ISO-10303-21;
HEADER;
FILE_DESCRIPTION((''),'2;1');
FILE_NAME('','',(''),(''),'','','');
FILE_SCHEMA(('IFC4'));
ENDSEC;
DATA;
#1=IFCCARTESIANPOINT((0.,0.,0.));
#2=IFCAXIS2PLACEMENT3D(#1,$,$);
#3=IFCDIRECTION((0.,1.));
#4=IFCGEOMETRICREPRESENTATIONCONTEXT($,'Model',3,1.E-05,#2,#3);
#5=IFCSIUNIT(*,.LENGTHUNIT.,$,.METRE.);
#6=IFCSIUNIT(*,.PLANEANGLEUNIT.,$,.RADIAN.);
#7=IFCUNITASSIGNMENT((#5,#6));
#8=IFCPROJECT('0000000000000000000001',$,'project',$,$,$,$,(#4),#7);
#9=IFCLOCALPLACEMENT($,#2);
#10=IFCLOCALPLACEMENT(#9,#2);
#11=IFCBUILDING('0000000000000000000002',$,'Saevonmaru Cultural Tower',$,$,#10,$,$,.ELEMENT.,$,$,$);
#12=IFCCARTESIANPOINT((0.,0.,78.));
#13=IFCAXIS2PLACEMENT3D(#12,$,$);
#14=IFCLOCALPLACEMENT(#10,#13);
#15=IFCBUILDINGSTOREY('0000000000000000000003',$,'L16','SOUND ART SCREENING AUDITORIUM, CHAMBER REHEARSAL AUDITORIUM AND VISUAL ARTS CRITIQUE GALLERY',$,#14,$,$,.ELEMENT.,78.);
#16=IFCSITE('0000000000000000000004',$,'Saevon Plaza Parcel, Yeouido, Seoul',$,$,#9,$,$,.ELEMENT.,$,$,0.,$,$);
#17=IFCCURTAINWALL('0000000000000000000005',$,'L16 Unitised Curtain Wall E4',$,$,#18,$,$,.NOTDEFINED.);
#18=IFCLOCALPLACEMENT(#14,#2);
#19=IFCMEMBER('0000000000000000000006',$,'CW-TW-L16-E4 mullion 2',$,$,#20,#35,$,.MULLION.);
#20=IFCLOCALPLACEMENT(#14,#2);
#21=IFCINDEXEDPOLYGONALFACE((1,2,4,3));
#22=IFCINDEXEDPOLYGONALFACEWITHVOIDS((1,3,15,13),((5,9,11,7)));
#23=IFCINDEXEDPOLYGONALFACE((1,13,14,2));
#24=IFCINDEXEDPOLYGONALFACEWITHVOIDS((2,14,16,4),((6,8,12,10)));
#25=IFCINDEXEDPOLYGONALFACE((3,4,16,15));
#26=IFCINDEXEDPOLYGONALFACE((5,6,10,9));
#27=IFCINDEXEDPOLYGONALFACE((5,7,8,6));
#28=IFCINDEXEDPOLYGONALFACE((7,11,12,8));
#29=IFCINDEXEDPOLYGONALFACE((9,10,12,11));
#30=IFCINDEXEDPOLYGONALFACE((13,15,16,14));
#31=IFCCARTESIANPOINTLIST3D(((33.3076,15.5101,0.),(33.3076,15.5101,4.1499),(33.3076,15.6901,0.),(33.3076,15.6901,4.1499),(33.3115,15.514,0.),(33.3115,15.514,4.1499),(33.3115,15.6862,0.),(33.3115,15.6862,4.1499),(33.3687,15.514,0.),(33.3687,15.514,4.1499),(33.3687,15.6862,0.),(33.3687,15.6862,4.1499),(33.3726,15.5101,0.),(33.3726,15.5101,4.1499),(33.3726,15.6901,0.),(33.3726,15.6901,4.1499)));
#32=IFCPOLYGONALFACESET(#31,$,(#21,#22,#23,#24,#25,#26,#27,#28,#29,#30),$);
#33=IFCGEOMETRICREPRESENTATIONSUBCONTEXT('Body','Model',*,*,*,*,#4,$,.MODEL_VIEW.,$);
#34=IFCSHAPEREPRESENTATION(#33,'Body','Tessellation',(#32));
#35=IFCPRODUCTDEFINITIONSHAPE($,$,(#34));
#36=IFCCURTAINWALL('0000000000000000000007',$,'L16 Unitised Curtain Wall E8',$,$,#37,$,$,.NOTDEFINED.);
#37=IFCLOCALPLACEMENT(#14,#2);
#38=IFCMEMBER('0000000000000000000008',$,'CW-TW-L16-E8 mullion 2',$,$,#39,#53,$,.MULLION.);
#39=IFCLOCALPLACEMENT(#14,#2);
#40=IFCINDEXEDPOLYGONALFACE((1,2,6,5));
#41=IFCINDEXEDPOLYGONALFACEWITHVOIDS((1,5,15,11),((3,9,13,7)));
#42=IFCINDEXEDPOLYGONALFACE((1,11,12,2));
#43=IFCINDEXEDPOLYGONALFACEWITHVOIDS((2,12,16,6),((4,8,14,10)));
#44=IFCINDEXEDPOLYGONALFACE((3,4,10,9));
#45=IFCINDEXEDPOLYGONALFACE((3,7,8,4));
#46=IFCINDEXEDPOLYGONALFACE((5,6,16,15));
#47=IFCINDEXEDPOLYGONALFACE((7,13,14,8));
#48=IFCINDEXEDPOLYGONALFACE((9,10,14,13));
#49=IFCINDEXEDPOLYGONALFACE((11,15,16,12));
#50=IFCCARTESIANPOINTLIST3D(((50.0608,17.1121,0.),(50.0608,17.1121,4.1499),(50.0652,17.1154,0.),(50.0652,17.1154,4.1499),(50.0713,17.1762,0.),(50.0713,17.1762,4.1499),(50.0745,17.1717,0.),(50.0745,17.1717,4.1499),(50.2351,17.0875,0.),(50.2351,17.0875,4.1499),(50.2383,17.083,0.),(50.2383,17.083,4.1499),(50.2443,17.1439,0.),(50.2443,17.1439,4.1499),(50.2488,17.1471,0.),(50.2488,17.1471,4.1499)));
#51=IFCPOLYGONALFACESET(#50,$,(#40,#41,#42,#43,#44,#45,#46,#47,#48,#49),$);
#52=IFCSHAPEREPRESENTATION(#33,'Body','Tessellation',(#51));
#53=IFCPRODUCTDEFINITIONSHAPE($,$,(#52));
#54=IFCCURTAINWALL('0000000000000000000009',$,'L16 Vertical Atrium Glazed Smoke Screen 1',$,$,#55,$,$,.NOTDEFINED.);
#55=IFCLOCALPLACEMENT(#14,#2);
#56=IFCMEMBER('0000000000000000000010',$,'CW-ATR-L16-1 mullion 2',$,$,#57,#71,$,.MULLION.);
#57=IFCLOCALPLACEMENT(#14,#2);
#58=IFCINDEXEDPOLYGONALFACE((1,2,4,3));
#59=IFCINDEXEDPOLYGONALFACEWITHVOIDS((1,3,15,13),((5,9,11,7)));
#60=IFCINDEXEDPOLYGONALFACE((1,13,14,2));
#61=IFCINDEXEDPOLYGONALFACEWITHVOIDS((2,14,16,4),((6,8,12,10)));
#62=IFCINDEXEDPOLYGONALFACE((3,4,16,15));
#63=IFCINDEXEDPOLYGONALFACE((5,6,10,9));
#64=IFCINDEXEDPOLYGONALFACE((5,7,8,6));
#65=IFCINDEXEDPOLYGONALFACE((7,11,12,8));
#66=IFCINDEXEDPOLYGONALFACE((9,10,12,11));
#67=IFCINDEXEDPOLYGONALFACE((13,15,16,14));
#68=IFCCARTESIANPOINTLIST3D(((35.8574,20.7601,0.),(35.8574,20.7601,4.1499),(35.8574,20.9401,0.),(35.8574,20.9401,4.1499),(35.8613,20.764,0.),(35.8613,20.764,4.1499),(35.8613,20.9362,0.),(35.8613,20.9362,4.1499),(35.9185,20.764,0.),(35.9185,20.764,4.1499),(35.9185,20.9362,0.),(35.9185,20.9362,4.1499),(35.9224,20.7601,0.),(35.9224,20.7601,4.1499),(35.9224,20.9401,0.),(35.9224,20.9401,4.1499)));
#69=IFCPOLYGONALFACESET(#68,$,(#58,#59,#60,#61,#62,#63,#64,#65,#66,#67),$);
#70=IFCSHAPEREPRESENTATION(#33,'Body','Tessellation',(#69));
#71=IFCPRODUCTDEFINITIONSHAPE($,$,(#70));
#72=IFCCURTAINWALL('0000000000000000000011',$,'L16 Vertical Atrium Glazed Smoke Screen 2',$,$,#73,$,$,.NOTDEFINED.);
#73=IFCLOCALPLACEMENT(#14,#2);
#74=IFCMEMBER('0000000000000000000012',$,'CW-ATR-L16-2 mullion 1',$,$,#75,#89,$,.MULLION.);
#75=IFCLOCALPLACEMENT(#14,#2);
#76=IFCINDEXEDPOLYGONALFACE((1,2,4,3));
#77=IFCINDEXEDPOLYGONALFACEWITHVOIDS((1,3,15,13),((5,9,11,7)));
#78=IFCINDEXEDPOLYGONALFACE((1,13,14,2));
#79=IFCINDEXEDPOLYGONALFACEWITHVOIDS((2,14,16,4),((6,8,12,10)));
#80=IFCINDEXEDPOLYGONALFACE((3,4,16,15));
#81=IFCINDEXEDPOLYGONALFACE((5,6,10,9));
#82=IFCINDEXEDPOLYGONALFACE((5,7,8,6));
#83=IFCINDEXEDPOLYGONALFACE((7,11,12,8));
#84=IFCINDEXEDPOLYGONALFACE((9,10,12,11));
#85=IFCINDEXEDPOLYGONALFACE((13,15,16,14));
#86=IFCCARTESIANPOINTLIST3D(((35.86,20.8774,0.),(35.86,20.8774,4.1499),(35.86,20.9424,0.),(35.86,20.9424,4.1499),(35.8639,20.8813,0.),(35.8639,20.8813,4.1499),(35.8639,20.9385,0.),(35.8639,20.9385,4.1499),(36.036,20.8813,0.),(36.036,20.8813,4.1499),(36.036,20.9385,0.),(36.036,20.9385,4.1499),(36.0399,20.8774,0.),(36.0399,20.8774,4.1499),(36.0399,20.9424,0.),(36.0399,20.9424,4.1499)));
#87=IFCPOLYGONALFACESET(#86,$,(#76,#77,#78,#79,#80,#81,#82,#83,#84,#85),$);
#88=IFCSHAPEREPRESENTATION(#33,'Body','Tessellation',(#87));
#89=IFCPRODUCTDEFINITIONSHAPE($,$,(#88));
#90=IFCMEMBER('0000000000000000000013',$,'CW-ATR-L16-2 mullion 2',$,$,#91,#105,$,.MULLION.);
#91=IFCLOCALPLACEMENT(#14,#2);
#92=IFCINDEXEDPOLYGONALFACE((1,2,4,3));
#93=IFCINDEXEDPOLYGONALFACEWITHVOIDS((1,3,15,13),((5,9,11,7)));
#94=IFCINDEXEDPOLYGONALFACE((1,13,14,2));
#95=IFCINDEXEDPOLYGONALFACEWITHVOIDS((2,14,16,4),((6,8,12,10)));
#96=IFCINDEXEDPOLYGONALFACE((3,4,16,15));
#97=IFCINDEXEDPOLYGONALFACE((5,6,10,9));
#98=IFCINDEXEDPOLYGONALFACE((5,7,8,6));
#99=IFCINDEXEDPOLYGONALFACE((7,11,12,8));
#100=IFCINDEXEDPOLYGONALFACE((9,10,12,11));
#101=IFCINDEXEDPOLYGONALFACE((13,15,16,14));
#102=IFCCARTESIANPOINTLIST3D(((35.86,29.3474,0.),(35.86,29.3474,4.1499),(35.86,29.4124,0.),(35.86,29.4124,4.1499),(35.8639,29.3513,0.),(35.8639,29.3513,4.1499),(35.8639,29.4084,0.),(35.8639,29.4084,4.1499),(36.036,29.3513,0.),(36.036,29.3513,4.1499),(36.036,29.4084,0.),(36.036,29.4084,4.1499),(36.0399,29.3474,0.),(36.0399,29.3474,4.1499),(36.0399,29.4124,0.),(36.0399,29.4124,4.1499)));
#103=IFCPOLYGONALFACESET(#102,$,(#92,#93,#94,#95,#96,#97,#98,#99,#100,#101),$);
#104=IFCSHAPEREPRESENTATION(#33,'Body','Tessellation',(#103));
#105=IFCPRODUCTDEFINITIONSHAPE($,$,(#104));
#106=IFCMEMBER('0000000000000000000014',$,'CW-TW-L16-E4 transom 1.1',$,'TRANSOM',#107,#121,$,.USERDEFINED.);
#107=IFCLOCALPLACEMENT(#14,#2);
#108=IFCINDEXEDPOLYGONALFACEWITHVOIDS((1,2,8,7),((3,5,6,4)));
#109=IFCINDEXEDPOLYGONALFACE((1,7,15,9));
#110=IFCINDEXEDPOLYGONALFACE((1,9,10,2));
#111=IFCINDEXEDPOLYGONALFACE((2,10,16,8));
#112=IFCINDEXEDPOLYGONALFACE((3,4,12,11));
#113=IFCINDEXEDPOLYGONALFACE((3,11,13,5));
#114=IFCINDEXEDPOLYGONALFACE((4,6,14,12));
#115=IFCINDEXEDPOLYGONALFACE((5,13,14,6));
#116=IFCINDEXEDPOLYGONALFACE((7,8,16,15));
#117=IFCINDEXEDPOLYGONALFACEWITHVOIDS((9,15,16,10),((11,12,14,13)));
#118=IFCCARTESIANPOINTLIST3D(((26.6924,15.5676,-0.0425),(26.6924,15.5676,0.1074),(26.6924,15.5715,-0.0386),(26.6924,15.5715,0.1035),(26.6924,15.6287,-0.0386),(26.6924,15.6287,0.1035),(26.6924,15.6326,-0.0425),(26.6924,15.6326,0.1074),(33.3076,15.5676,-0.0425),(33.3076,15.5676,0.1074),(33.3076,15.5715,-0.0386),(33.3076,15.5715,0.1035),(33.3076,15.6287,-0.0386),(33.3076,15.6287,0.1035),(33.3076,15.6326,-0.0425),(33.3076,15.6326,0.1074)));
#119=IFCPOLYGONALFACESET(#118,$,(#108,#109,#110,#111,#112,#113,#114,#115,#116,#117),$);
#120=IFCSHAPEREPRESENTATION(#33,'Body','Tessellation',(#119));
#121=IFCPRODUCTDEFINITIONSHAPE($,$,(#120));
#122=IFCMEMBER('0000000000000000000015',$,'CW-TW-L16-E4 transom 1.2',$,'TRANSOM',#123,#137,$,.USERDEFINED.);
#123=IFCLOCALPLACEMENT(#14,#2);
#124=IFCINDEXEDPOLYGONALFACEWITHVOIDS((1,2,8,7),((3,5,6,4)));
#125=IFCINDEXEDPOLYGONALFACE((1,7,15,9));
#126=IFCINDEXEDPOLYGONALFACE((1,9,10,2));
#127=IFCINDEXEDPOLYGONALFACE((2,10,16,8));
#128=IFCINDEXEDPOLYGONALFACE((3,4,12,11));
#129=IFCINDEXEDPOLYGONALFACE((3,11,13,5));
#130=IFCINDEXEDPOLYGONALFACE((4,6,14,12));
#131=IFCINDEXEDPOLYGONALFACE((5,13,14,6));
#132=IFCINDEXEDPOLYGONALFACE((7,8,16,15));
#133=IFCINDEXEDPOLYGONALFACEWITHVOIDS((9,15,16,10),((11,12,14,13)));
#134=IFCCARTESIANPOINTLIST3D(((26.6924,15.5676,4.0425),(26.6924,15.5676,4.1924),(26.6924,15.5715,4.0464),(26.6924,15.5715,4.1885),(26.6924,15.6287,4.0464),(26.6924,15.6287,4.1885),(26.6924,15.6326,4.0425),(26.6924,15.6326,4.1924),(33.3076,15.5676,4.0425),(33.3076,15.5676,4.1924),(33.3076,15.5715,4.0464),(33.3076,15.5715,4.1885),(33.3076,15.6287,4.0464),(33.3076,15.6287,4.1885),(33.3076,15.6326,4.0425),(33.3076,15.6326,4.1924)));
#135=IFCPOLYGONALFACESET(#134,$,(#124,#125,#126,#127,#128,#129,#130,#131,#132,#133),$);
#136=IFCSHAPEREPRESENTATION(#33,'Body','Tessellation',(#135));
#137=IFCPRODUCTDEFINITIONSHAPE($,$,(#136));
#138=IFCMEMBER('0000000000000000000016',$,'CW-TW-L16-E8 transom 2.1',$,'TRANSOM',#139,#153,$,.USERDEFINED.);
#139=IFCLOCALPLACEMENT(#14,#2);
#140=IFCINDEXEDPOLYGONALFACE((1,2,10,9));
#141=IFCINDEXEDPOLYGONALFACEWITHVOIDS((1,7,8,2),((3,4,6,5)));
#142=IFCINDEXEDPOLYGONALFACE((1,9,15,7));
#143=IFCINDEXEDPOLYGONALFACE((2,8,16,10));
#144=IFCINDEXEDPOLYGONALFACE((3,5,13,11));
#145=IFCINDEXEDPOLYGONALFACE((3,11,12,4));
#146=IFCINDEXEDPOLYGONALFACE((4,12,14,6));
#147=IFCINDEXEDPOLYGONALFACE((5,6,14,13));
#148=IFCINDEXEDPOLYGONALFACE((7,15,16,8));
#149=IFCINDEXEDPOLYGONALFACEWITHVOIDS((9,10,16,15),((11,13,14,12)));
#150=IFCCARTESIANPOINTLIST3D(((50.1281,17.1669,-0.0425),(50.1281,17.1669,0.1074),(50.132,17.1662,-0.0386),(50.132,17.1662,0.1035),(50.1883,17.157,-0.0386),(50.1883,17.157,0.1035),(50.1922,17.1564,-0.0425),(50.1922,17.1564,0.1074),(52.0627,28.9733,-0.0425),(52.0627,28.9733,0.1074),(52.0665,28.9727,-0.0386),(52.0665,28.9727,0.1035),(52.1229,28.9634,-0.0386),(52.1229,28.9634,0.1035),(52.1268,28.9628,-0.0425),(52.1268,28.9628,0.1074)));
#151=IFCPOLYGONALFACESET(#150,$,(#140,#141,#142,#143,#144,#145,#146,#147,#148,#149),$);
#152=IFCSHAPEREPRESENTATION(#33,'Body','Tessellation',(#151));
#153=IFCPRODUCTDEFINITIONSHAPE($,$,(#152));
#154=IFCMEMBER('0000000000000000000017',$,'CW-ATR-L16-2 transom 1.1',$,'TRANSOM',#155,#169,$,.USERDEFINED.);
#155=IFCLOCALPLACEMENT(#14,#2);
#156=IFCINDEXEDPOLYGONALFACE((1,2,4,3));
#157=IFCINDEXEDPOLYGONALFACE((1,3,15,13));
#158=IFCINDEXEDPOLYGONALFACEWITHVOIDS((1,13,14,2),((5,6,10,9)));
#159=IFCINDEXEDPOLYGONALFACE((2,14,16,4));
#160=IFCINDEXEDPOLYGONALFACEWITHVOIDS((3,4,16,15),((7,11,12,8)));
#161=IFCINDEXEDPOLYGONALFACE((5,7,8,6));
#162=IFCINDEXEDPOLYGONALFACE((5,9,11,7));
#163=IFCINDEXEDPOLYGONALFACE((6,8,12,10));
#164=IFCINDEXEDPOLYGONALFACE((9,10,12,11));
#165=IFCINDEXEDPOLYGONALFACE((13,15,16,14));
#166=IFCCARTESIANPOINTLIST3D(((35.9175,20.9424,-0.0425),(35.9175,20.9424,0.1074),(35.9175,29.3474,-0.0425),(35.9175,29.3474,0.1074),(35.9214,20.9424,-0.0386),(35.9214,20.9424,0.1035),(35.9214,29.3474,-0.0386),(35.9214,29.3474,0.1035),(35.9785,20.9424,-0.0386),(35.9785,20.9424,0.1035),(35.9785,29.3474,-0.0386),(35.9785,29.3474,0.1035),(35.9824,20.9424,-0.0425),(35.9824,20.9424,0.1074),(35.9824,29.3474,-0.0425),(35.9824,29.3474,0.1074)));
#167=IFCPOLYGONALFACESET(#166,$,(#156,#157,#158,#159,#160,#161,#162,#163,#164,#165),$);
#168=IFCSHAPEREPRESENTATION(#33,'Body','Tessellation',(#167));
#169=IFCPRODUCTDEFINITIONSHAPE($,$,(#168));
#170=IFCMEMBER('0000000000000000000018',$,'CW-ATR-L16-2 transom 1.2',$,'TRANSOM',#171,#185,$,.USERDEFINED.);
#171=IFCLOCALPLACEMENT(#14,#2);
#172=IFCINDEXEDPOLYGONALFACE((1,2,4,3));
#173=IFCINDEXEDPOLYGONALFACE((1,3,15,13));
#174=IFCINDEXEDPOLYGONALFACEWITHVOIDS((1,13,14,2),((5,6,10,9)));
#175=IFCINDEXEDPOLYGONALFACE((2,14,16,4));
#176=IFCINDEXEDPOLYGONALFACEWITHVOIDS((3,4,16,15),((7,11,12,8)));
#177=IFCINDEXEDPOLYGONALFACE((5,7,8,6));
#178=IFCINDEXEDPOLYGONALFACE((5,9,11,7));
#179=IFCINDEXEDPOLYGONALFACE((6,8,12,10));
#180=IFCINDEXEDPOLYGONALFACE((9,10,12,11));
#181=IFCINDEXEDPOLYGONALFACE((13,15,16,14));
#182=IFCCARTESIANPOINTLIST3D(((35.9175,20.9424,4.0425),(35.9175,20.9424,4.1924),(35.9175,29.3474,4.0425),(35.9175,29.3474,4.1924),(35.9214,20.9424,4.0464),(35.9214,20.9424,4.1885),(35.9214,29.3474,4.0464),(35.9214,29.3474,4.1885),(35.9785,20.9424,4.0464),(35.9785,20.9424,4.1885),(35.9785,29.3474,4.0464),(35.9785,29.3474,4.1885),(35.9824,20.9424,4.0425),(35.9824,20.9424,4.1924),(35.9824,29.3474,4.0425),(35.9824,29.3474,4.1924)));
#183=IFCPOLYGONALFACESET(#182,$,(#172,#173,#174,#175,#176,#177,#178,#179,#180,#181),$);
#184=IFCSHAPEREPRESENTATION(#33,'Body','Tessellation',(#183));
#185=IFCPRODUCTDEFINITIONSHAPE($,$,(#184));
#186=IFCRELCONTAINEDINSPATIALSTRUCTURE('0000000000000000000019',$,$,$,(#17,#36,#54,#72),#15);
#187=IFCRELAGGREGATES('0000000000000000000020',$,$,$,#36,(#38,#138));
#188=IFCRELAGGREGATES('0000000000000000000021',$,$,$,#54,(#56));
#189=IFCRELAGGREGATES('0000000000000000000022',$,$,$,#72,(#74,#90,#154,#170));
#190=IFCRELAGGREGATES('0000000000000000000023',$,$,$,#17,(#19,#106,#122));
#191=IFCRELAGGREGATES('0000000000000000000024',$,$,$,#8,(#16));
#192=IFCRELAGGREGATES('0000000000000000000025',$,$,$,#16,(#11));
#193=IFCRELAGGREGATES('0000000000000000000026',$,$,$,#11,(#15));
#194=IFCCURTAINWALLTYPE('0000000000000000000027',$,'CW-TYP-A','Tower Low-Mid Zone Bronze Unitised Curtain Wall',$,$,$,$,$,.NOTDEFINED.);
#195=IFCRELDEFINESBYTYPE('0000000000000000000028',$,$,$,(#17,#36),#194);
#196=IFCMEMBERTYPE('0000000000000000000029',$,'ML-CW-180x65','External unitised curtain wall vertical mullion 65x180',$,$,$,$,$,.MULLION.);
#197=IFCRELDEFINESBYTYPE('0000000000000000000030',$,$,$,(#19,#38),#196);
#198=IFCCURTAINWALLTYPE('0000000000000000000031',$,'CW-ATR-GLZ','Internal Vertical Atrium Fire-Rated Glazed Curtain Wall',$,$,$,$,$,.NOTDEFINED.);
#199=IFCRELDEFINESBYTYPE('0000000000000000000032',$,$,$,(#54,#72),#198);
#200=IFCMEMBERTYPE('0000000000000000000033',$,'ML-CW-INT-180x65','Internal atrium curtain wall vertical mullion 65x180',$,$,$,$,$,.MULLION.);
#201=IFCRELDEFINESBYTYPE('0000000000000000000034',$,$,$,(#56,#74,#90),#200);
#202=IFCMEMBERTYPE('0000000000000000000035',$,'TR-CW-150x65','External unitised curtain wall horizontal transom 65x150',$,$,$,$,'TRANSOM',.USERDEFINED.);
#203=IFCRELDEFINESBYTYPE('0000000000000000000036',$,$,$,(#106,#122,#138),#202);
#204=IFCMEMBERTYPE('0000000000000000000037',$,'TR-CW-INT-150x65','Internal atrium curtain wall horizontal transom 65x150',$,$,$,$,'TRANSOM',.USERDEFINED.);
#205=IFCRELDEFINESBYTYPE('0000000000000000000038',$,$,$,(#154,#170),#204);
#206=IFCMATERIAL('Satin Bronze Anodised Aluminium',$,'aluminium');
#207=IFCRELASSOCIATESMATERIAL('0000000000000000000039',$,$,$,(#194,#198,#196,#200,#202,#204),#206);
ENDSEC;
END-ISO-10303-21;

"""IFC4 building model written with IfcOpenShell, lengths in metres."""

from ifc_helpers import new_model, si_unit, direction, frame, origin, origin_2d, place, context, subcontext, project, spatial, hollow_rectangle, extrude, material, material_profile, profile_set, type_object, element, aggregate, save


model = new_model("IFC4")

# Units and contexts
model_context = context("Model", 3, precision=1e-05, world=origin(), true_north=direction((0.0, 1.0)))
body_context = subcontext(model_context, "Body", "Model", "MODEL_VIEW")
ifc_project = project(units=[si_unit("LENGTHUNIT", "METRE"), si_unit("PLANEANGLEUNIT", "RADIAN")], contexts=[model_context])

# Site, building, storey
site_placement = place(None, origin())
site = spatial("IfcSite", under=ifc_project, at=site_placement, Name="Saevon Plaza Parcel, Yeouido, Seoul", CompositionType="ELEMENT", RefElevation=0.0)
building_placement = place(site_placement, origin())
building = spatial("IfcBuilding", under=site, at=building_placement, Name="Saevonmaru Cultural Tower", CompositionType="ELEMENT")
storey_placement = place(building_placement, frame((0.0, 0.0, 78.0)))
storey = spatial("IfcBuildingStorey", under=building, at=storey_placement, Name="L16", Description="SOUND ART SCREENING AUDITORIUM, CHAMBER REHEARSAL AUDITORIUM AND VISUAL ARTS CRITIQUE GALLERY", CompositionType="ELEMENT", Elevation=78.0)

# Curtain walls, members
ifc_material_1 = material(Name="Satin Bronze Anodised Aluminium", Category="aluminium")
curtain_wall_type_1 = type_object("IfcCurtainWallType", Name="CW-TYP-A", Description="Tower Low-Mid Zone Bronze Unitised Curtain Wall", PredefinedType="NOTDEFINED", material=ifc_material_1)
curtain_wall_1_placement = place(storey_placement, origin())
curtain_wall_1 = element("IfcCurtainWall", 1, at=curtain_wall_1_placement, inside=storey, type_object=curtain_wall_type_1, Name="L16 Unitised Curtain Wall E4", PredefinedType="NOTDEFINED")
ifc_material_profile_1 = material_profile(ifc_material_1, hollow_rectangle(XDim=0.0649, YDim=0.1799, WallThickness=0.0039, at=origin_2d()), Name="ALU-MULL-180x65x4")
ifc_profile_set_1 = profile_set([ifc_material_profile_1], Name="Satin Bronze Anodised Aluminium")
member_type_1 = type_object("IfcMemberType", Name="ML-CW-180x65", Description="External unitised curtain wall vertical mullion 65x180", PredefinedType="MULLION", material=ifc_profile_set_1)
member_1_placement = place(storey_placement, frame((33.3401, 15.6001, 0.0), z_axis=(0.0, 0.0, 1.0), x_axis=(1.0, 0.0, 0.0)))
member_1 = element("IfcMember", 2, at=member_1_placement, type_object=member_type_1, Name="CW-TW-L16-E4 mullion 2", PredefinedType="MULLION", context=body_context, shape_type="SweptSolid", body=[
    extrude(hollow_rectangle(XDim=0.0649, YDim=0.1799, WallThickness=0.0039, at=origin_2d()), origin(), (0.0, 0.0, 1.0), 4.1499),
])
curtain_wall_2_placement = place(storey_placement, origin())
curtain_wall_2 = element("IfcCurtainWall", 3, at=curtain_wall_2_placement, inside=storey, type_object=curtain_wall_type_1, Name="L16 Unitised Curtain Wall E8", PredefinedType="NOTDEFINED")
member_2_placement = place(storey_placement, frame((50.1548, 17.1296, 0.0), z_axis=(0.0, 0.0, 1.0), x_axis=(0.161709, 0.986839, 0.0)))
member_2 = element("IfcMember", 4, at=member_2_placement, type_object=member_type_1, Name="CW-TW-L16-E8 mullion 2", PredefinedType="MULLION", context=body_context, shape_type="SweptSolid", body=[
    extrude(hollow_rectangle(XDim=0.0649, YDim=0.1799, WallThickness=0.0039, at=origin_2d()), origin(), (0.0, 0.0, 1.0), 4.1499),
])
curtain_wall_type_2 = type_object("IfcCurtainWallType", Name="CW-ATR-GLZ", Description="Internal Vertical Atrium Fire-Rated Glazed Curtain Wall", PredefinedType="NOTDEFINED", material=ifc_material_1)
curtain_wall_3_placement = place(storey_placement, origin())
curtain_wall_3 = element("IfcCurtainWall", 5, at=curtain_wall_3_placement, inside=storey, type_object=curtain_wall_type_2, Name="L16 Vertical Atrium Glazed Smoke Screen 1", PredefinedType="NOTDEFINED")
ifc_material_profile_2 = material_profile(ifc_material_1, hollow_rectangle(XDim=0.0649, YDim=0.1799, WallThickness=0.0039, at=origin_2d()), Name="ALU-MULL-180x65x4")
ifc_profile_set_2 = profile_set([ifc_material_profile_2], Name="Satin Bronze Anodised Aluminium")
member_type_2 = type_object("IfcMemberType", Name="ML-CW-INT-180x65", Description="Internal atrium curtain wall vertical mullion 65x180", PredefinedType="MULLION", material=ifc_profile_set_2)
member_3_placement = place(storey_placement, frame((35.8899, 20.8501, 0.0), z_axis=(0.0, 0.0, 1.0), x_axis=(1.0, 0.0, 0.0)))
member_3 = element("IfcMember", 6, at=member_3_placement, type_object=member_type_2, Name="CW-ATR-L16-1 mullion 2", PredefinedType="MULLION", context=body_context, shape_type="SweptSolid", body=[
    extrude(hollow_rectangle(XDim=0.0649, YDim=0.1799, WallThickness=0.0039, at=origin_2d()), origin(), (0.0, 0.0, 1.0), 4.1499),
])

# Curtain wall, members
curtain_wall_4_placement = place(storey_placement, origin())
curtain_wall_4 = element("IfcCurtainWall", 7, at=curtain_wall_4_placement, inside=storey, type_object=curtain_wall_type_2, Name="L16 Vertical Atrium Glazed Smoke Screen 2", PredefinedType="NOTDEFINED")
member_4_placement = place(storey_placement, frame((35.95, 20.9099, 0.0), z_axis=(0.0, 0.0, 1.0), x_axis=(0.0, 1.0, 0.0)))
member_4 = element("IfcMember", 8, at=member_4_placement, type_object=member_type_2, Name="CW-ATR-L16-2 mullion 1", PredefinedType="MULLION", context=body_context, shape_type="SweptSolid", body=[
    extrude(hollow_rectangle(XDim=0.0649, YDim=0.1799, WallThickness=0.0039, at=origin_2d()), origin(), (0.0, 0.0, 1.0), 4.1499),
])
member_5_placement = place(storey_placement, frame((35.95, 29.3799, 0.0), z_axis=(0.0, 0.0, 1.0), x_axis=(0.0, 1.0, 0.0)))
member_5 = element("IfcMember", 9, at=member_5_placement, type_object=member_type_2, Name="CW-ATR-L16-2 mullion 2", PredefinedType="MULLION", context=body_context, shape_type="SweptSolid", body=[
    extrude(hollow_rectangle(XDim=0.0649, YDim=0.1799, WallThickness=0.0039, at=origin_2d()), origin(), (0.0, 0.0, 1.0), 4.1499),
])

# Members
ifc_material_profile_3 = material_profile(ifc_material_1, hollow_rectangle(XDim=0.0649, YDim=0.1499, WallThickness=0.0039, at=origin_2d()), Name="ALU-TRAN-150x65x4")
ifc_profile_set_3 = profile_set([ifc_material_profile_3], Name="Satin Bronze Anodised Aluminium")
member_type_3 = type_object("IfcMemberType", Name="TR-CW-150x65", Description="External unitised curtain wall horizontal transom 65x150", ElementType="TRANSOM", PredefinedType="USERDEFINED", material=ifc_profile_set_3)
member_6_placement = place(storey_placement, frame((26.6924, 15.6001, 0.0325), z_axis=(1.0, 0.0, 0.0), x_axis=(0.0, 1.0, 0.0)))
member_6 = element("IfcMember", 10, at=member_6_placement, type_object=member_type_3, Name="CW-TW-L16-E4 transom 1.1", ObjectType="TRANSOM", PredefinedType="USERDEFINED", context=body_context, shape_type="SweptSolid", body=[
    extrude(hollow_rectangle(XDim=0.0649, YDim=0.1499, WallThickness=0.0039, at=origin_2d()), origin(), (0.0, 0.0, 1.0), 6.6152),
])
member_7_placement = place(storey_placement, frame((26.6924, 15.6001, 4.1174), z_axis=(1.0, 0.0, 0.0), x_axis=(0.0, 1.0, 0.0)))
member_7 = element("IfcMember", 11, at=member_7_placement, type_object=member_type_3, Name="CW-TW-L16-E4 transom 1.2", ObjectType="TRANSOM", PredefinedType="USERDEFINED", context=body_context, shape_type="SweptSolid", body=[
    extrude(hollow_rectangle(XDim=0.0649, YDim=0.1499, WallThickness=0.0039, at=origin_2d()), origin(), (0.0, 0.0, 1.0), 6.6152),
])
member_8_placement = place(storey_placement, frame((50.1602, 17.1616, 0.0325), z_axis=(0.161701, 0.98684, 0.0), x_axis=(-0.98684, 0.161701, 0.0)))
member_8 = element("IfcMember", 12, at=member_8_placement, type_object=member_type_3, Name="CW-TW-L16-E8 transom 2.1", ObjectType="TRANSOM", PredefinedType="USERDEFINED", context=body_context, shape_type="SweptSolid", body=[
    extrude(hollow_rectangle(XDim=0.0649, YDim=0.1499, WallThickness=0.0039, at=origin_2d()), origin(), (0.0, 0.0, 1.0), 11.9639),
])
aggregate(curtain_wall_2, [member_2, member_8])
ifc_material_profile_4 = material_profile(ifc_material_1, hollow_rectangle(XDim=0.0649, YDim=0.1499, WallThickness=0.0039, at=origin_2d()), Name="ALU-TRAN-150x65x4")
ifc_profile_set_4 = profile_set([ifc_material_profile_4], Name="Satin Bronze Anodised Aluminium")
member_type_4 = type_object("IfcMemberType", Name="TR-CW-INT-150x65", Description="Internal atrium curtain wall horizontal transom 65x150", ElementType="TRANSOM", PredefinedType="USERDEFINED", material=ifc_profile_set_4)
member_9_placement = place(storey_placement, frame((35.95, 20.9424, 0.0325), z_axis=(0.0, 1.0, 0.0), x_axis=(-1.0, 0.0, 0.0)))
member_9 = element("IfcMember", 13, at=member_9_placement, type_object=member_type_4, Name="CW-ATR-L16-2 transom 1.1", ObjectType="TRANSOM", PredefinedType="USERDEFINED", context=body_context, shape_type="SweptSolid", body=[
    extrude(hollow_rectangle(XDim=0.0649, YDim=0.1499, WallThickness=0.0039, at=origin_2d()), origin(), (0.0, 0.0, 1.0), 8.405),
])
member_10_placement = place(storey_placement, frame((35.95, 20.9424, 4.1174), z_axis=(0.0, 1.0, 0.0), x_axis=(-1.0, 0.0, 0.0)))
member_10 = element("IfcMember", 14, at=member_10_placement, type_object=member_type_4, Name="CW-ATR-L16-2 transom 1.2", ObjectType="TRANSOM", PredefinedType="USERDEFINED", context=body_context, shape_type="SweptSolid", body=[
    extrude(hollow_rectangle(XDim=0.0649, YDim=0.1499, WallThickness=0.0039, at=origin_2d()), origin(), (0.0, 0.0, 1.0), 8.405),
])

aggregate(curtain_wall_3, [member_3])
aggregate(curtain_wall_4, [member_4, member_5, member_9, member_10])
aggregate(curtain_wall_1, [member_1, member_6, member_7])

save(model, "model.ifc")
